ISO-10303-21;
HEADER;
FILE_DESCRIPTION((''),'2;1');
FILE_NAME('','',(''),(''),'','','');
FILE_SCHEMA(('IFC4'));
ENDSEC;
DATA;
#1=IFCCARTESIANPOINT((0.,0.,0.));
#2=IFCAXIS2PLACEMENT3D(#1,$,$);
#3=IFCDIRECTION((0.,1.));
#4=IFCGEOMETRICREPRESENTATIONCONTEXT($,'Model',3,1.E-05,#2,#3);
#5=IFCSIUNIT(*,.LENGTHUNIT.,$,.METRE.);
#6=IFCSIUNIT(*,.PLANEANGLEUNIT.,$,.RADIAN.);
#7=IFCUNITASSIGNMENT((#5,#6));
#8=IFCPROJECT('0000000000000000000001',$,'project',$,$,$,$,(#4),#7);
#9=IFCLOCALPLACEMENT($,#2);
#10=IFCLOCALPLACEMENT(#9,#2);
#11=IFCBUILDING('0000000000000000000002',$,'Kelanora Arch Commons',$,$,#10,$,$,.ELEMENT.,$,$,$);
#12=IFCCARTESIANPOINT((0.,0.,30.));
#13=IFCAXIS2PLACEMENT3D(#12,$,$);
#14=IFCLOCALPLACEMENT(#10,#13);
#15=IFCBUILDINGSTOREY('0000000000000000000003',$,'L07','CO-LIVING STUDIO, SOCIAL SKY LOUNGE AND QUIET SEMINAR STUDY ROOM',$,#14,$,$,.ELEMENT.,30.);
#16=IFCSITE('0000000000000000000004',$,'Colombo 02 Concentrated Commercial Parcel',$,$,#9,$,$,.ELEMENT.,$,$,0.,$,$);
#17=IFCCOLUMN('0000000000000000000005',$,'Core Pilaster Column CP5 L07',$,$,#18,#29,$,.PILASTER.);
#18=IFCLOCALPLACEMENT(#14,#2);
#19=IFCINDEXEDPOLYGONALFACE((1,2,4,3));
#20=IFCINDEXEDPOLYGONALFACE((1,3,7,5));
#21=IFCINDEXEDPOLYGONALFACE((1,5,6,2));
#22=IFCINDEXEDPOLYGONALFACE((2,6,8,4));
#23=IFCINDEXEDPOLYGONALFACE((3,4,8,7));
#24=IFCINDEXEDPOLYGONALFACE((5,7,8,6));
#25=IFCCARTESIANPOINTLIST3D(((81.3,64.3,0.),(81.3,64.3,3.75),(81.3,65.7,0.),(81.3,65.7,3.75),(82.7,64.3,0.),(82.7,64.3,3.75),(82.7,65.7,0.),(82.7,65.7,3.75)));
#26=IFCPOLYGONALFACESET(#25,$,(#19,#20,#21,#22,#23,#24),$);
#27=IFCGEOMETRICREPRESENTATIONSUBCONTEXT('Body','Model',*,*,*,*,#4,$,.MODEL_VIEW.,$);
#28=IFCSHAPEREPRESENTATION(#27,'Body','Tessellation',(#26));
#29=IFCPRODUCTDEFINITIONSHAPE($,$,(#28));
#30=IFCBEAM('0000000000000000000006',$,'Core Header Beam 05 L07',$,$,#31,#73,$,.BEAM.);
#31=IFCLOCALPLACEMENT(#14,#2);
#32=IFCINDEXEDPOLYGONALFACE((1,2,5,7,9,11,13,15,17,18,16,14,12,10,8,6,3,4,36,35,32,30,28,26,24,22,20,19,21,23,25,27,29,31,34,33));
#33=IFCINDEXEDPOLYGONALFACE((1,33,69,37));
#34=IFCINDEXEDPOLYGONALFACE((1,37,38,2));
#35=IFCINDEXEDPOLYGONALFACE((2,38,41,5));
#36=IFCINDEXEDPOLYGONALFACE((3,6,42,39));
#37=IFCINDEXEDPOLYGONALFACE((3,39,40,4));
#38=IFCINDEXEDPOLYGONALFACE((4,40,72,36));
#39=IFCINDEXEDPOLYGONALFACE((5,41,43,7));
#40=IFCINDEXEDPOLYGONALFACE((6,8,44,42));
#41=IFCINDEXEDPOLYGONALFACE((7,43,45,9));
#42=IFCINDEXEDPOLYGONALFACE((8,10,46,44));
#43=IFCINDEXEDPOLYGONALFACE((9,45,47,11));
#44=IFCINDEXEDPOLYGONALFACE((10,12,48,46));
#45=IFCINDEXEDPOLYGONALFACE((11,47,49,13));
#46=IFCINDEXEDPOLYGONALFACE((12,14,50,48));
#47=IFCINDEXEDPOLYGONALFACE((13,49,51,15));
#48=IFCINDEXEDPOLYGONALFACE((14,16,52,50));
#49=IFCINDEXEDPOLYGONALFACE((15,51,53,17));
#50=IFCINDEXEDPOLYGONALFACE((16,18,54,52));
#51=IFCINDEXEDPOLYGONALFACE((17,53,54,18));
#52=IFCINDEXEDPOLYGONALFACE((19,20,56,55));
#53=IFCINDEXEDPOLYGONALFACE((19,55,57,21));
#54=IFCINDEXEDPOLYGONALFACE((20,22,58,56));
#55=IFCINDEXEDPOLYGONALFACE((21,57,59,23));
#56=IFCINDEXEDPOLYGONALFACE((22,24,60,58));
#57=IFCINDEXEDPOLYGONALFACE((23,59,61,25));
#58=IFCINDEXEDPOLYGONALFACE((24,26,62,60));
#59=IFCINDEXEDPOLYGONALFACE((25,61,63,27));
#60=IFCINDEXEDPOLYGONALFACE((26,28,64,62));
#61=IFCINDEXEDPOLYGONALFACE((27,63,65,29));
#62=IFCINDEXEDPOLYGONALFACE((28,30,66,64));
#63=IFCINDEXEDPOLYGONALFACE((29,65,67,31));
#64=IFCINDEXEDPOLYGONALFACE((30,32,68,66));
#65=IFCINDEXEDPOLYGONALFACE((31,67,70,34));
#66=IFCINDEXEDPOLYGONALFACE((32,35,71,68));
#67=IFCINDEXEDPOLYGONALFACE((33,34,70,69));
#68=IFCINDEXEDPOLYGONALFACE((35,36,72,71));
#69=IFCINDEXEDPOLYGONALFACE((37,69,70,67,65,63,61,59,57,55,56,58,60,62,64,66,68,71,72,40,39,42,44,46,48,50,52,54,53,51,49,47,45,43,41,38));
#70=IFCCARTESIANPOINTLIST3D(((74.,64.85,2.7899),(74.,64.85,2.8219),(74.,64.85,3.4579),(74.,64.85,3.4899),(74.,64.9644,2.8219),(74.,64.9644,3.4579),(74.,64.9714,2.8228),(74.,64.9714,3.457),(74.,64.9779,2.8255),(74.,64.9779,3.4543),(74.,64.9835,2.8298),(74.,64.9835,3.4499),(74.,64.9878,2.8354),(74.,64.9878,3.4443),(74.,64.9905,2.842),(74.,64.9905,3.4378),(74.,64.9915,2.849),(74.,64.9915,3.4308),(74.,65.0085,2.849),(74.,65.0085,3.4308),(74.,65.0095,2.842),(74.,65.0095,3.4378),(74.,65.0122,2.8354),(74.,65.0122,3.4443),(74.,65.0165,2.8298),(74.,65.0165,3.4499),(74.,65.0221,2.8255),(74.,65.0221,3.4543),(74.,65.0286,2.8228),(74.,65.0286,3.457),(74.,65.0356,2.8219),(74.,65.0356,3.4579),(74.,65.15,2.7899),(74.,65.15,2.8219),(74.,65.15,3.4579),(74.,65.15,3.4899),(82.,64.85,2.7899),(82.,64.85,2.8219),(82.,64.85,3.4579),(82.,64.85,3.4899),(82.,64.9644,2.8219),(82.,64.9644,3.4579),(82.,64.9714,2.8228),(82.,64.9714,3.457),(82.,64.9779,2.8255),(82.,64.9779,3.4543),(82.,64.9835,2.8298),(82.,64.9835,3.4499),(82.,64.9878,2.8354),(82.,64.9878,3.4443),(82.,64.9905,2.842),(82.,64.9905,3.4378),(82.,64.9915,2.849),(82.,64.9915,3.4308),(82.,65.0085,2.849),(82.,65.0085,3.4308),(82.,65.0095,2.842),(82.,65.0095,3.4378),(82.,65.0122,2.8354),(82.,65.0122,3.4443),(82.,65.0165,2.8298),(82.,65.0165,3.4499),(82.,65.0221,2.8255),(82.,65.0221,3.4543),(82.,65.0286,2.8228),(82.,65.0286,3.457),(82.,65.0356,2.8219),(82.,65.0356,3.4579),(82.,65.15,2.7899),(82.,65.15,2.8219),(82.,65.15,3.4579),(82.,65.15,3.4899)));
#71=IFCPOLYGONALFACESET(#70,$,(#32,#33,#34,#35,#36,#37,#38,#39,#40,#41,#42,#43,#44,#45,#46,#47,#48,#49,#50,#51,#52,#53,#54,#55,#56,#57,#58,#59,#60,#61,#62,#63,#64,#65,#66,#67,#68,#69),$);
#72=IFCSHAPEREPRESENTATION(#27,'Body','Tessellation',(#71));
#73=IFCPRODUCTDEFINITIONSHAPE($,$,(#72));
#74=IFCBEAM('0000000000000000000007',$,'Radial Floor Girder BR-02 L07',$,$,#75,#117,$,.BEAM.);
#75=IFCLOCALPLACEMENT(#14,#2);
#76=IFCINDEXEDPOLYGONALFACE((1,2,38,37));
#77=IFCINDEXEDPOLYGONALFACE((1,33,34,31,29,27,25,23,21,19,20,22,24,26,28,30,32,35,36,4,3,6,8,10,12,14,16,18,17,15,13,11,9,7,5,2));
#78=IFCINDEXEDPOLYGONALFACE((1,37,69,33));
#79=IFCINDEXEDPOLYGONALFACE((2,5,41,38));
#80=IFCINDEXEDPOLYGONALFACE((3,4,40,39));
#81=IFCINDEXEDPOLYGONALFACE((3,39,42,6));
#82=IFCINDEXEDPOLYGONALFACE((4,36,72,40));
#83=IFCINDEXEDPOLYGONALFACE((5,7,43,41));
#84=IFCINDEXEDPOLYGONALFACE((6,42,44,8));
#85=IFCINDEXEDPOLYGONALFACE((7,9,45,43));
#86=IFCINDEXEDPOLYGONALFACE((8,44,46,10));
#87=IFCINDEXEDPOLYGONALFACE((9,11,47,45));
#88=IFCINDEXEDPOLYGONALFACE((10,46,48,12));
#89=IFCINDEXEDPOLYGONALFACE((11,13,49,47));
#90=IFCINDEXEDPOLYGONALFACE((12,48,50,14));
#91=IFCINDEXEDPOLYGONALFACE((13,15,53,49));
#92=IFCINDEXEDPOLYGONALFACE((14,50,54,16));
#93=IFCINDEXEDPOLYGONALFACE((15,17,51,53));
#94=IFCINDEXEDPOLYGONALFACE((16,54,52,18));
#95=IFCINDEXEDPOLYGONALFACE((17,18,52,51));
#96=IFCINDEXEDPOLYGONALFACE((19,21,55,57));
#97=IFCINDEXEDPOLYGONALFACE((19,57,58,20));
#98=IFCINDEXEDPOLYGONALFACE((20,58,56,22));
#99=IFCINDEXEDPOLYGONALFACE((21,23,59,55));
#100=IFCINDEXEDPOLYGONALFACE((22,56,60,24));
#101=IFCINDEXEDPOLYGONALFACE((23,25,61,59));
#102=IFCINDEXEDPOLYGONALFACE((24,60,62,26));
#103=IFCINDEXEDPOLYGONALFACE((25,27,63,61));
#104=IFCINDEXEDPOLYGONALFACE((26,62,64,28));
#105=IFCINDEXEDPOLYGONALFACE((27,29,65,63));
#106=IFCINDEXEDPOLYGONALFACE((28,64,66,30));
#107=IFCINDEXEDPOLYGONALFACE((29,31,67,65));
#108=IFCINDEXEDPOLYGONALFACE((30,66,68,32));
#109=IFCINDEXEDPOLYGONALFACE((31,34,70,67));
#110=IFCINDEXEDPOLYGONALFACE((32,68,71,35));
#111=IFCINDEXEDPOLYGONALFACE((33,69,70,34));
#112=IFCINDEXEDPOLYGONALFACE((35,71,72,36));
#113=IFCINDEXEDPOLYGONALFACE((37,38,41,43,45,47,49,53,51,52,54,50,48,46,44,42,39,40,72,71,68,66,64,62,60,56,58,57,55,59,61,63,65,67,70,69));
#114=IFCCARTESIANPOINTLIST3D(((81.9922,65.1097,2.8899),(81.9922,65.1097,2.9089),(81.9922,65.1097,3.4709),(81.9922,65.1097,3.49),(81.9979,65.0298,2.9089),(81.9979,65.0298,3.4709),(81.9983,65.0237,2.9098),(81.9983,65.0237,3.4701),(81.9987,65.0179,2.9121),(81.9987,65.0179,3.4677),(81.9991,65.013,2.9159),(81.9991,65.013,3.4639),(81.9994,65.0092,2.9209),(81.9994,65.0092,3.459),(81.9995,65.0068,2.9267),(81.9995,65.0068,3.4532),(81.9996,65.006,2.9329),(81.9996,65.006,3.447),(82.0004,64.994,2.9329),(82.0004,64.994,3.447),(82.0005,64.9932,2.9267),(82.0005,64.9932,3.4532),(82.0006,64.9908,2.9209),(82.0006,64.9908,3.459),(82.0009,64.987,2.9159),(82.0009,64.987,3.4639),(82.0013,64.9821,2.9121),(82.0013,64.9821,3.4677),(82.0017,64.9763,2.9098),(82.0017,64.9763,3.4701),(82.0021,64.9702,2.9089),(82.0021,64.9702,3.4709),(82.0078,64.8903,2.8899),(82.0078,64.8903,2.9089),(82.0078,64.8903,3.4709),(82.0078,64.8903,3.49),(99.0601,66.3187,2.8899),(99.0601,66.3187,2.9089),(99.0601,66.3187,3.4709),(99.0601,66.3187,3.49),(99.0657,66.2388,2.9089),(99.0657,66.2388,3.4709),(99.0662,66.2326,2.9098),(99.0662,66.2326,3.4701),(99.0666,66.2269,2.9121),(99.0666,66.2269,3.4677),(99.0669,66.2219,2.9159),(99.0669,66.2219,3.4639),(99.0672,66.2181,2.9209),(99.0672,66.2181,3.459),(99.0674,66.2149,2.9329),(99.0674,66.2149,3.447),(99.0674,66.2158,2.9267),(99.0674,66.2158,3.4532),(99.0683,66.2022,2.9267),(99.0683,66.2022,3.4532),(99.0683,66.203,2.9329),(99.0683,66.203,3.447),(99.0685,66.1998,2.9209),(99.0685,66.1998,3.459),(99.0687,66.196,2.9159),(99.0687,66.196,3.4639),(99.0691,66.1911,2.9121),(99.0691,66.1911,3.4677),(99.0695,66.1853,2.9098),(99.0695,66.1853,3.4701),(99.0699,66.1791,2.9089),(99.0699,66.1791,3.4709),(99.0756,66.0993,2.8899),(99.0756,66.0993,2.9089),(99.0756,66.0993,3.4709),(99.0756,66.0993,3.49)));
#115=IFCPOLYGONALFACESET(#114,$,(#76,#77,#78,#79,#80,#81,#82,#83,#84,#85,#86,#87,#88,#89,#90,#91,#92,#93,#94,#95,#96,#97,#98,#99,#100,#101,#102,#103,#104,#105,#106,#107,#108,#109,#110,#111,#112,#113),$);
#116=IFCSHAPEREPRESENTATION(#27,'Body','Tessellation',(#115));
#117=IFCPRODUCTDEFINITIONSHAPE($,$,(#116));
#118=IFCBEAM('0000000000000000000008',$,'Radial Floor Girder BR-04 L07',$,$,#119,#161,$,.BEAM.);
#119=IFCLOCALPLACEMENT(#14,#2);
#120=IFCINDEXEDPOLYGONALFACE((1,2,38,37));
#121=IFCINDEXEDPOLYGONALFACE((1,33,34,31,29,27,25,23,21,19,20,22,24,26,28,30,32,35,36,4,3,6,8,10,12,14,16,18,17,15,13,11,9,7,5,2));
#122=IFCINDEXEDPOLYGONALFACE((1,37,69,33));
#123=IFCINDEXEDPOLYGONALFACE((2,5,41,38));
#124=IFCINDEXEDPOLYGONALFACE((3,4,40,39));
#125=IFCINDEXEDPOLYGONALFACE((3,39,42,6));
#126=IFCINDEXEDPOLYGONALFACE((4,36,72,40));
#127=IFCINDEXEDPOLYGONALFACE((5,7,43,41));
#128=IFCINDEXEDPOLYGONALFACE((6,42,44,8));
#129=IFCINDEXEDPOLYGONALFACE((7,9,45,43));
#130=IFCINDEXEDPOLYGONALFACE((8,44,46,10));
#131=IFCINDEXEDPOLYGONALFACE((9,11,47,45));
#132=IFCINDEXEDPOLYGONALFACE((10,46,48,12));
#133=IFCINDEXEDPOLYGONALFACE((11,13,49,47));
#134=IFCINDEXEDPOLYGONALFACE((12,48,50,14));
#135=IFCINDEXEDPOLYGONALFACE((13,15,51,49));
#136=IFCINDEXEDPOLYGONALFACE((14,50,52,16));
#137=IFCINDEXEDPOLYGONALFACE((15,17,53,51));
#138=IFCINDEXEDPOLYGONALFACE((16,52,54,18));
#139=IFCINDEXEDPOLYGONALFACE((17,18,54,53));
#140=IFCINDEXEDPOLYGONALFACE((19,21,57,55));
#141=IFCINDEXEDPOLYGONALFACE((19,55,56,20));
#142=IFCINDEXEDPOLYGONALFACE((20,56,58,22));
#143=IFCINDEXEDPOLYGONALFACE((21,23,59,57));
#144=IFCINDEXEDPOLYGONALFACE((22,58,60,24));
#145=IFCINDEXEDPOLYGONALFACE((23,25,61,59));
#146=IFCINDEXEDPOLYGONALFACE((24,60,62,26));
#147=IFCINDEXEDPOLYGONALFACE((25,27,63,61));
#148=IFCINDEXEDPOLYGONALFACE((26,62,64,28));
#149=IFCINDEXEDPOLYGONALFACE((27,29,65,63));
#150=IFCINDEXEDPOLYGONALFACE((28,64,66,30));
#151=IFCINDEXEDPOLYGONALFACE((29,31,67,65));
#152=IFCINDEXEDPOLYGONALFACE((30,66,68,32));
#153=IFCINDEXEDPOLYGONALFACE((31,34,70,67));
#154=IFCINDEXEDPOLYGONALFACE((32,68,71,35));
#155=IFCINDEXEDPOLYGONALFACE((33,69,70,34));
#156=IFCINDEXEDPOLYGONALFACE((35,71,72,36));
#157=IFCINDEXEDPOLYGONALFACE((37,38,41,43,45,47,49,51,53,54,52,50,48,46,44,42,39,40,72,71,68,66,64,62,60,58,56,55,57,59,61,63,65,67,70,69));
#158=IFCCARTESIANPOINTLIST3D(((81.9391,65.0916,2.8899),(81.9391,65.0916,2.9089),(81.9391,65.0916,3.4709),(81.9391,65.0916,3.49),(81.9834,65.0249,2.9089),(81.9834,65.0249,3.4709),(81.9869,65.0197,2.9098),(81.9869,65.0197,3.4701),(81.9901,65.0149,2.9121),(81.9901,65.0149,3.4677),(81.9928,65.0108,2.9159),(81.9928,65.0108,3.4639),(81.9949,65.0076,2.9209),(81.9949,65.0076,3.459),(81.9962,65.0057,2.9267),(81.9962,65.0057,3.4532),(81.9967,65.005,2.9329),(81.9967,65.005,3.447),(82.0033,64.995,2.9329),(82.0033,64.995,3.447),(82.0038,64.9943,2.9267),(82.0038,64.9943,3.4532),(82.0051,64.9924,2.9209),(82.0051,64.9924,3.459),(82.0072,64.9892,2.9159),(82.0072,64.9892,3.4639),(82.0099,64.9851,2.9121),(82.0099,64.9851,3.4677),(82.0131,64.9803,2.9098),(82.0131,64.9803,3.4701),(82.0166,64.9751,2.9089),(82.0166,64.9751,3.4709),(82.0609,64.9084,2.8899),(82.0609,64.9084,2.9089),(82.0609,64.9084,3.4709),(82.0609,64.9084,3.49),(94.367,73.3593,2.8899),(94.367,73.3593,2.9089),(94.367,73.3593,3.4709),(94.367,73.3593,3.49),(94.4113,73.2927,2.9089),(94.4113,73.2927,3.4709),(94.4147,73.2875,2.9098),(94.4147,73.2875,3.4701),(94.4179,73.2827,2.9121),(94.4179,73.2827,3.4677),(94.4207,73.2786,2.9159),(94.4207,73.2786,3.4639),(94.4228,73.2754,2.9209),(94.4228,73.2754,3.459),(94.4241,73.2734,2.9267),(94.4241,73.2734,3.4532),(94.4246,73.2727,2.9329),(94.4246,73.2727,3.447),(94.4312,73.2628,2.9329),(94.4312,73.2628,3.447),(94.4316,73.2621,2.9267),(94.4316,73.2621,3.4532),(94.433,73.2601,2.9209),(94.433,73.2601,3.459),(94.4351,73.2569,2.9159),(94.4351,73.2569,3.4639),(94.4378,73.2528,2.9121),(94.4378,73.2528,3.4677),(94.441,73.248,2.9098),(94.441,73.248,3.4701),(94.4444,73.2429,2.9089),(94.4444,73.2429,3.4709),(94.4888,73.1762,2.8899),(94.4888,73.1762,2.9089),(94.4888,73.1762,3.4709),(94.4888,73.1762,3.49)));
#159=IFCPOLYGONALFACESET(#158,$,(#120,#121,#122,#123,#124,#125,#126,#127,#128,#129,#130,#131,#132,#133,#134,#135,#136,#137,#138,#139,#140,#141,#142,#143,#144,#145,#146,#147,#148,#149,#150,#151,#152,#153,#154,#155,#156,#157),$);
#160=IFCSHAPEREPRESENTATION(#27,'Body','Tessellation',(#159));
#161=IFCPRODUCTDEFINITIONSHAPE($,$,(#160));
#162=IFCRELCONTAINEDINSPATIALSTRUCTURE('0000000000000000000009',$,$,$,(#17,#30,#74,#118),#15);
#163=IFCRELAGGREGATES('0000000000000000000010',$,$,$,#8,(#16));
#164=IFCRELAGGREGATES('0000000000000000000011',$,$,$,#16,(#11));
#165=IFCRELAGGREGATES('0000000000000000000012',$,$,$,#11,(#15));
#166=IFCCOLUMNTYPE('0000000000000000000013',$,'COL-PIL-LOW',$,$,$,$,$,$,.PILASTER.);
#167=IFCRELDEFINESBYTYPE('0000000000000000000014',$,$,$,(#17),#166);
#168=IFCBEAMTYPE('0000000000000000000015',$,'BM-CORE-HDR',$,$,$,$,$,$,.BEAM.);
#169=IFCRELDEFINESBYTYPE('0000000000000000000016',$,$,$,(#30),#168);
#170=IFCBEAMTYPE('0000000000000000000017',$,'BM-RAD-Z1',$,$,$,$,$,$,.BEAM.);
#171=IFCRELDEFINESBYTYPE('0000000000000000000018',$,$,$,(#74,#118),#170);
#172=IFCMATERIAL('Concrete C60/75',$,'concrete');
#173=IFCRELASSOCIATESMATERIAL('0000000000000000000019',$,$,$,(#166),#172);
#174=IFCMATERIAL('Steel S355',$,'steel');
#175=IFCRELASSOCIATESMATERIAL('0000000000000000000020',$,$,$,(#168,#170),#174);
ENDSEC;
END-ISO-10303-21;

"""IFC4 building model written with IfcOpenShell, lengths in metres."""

from ifc_helpers import new_model, si_unit, direction, frame, origin, origin_2d, place, context, subcontext, project, spatial, rectangle, i_section, extrude, material, material_profile, profile_set, type_object, element, save


model = new_model("IFC4")

# Units and contexts
model_context = context("Model", 3, precision=1e-05, world=origin(), true_north=direction((0.0, 1.0)))
body_context = subcontext(model_context, "Body", "Model", "MODEL_VIEW")
ifc_project = project(units=[si_unit("LENGTHUNIT", "METRE"), si_unit("PLANEANGLEUNIT", "RADIAN")], contexts=[model_context])

# Site, building, storey
site_placement = place(None, origin())
site = spatial("IfcSite", under=ifc_project, at=site_placement, Name="Colombo 02 Concentrated Commercial Parcel", CompositionType="ELEMENT", RefElevation=0.0)
building_placement = place(site_placement, origin())
building = spatial("IfcBuilding", under=site, at=building_placement, Name="Kelanora Arch Commons", CompositionType="ELEMENT")
storey_placement = place(building_placement, frame((0.0, 0.0, 30.0)))
storey = spatial("IfcBuildingStorey", under=building, at=storey_placement, Name="L07", Description="CO-LIVING STUDIO, SOCIAL SKY LOUNGE AND QUIET SEMINAR STUDY ROOM", CompositionType="ELEMENT", Elevation=30.0)

# Column
ifc_material_1 = material(Name="Concrete C60/75", Category="concrete")
ifc_material_profile_1 = material_profile(ifc_material_1, rectangle(XDim=1.3999, YDim=1.3999, at=origin_2d()), Name="RC1400x1400")
ifc_profile_set_1 = profile_set([ifc_material_profile_1], Name="Concrete C60/75")
column_type = type_object("IfcColumnType", Name="COL-PIL-LOW", PredefinedType="PILASTER", material=ifc_profile_set_1)
column_placement = place(storey_placement, frame((82.0, 65.0, 0.0), z_axis=(0.0, 0.0, 1.0), x_axis=(1.0, 0.0, 0.0)))
element("IfcColumn", 1, at=column_placement, inside=storey, type_object=column_type, Name="Core Pilaster Column CP5 L07", PredefinedType="PILASTER", context=body_context, shape_type="SweptSolid", body=[
    extrude(rectangle(XDim=1.3999, YDim=1.3999, at=origin_2d()), origin(), (0.0, 0.0, 1.0), 3.75),
])

# Beams
ifc_material_2 = material(Name="Steel S355", Category="steel")
ifc_material_profile_2 = material_profile(ifc_material_2, i_section(OverallWidth=0.3, OverallDepth=0.7, WebThickness=0.0171, FlangeThickness=0.032, FilletRadius=0.0271, at=origin_2d()), Name="HEB700")
ifc_profile_set_2 = profile_set([ifc_material_profile_2], Name="Steel S355")
beam_type_1 = type_object("IfcBeamType", Name="BM-CORE-HDR", PredefinedType="BEAM", material=ifc_profile_set_2)
beam_1_placement = place(storey_placement, frame((82.0, 65.0, 3.1399), z_axis=(-1.0, 0.0, 0.0), x_axis=(0.0, -1.0, 0.0)))
element("IfcBeam", 2, at=beam_1_placement, inside=storey, type_object=beam_type_1, Name="Core Header Beam 05 L07", PredefinedType="BEAM", context=body_context, shape_type="SweptSolid", body=[
    extrude(i_section(OverallWidth=0.3, OverallDepth=0.7, WebThickness=0.0171, FlangeThickness=0.032, FilletRadius=0.0271, at=origin_2d()), origin(), (0.0, 0.0, 1.0), 8.0),
])
ifc_material_profile_3 = material_profile(ifc_material_2, i_section(OverallWidth=0.22, OverallDepth=0.6001, WebThickness=0.012, FlangeThickness=0.019, FilletRadius=0.0239, at=origin_2d()), Name="IPE600")
ifc_profile_set_3 = profile_set([ifc_material_profile_3], Name="Steel S355")
beam_type_2 = type_object("IfcBeamType", Name="BM-RAD-Z1", PredefinedType="BEAM", material=ifc_profile_set_3)
beam_2_placement = place(storey_placement, frame((82.0, 65.0, 3.1899), z_axis=(0.997501, 0.070657, 0.0), x_axis=(-0.070657, 0.997501, 0.0)))
element("IfcBeam", 3, at=beam_2_placement, inside=storey, type_object=beam_type_2, Name="Radial Floor Girder BR-02 L07", PredefinedType="BEAM", context=body_context, shape_type="SweptSolid", body=[
    extrude(i_section(OverallWidth=0.22, OverallDepth=0.6001, WebThickness=0.012, FlangeThickness=0.019, FilletRadius=0.0239, at=origin_2d()), origin(), (0.0, 0.0, 1.0), 17.1106),
])
beam_3_placement = place(storey_placement, frame((82.0, 65.0, 3.1899), z_axis=(0.832591, 0.553888, 0.0), x_axis=(-0.553888, 0.832591, 0.0)))
element("IfcBeam", 4, at=beam_3_placement, inside=storey, type_object=beam_type_2, Name="Radial Floor Girder BR-04 L07", PredefinedType="BEAM", context=body_context, shape_type="SweptSolid", body=[
    extrude(i_section(OverallWidth=0.22, OverallDepth=0.6001, WebThickness=0.012, FlangeThickness=0.019, FilletRadius=0.0239, at=origin_2d()), origin(), (0.0, 0.0, 1.0), 14.9268),
])

save(model, "model.ifc")
